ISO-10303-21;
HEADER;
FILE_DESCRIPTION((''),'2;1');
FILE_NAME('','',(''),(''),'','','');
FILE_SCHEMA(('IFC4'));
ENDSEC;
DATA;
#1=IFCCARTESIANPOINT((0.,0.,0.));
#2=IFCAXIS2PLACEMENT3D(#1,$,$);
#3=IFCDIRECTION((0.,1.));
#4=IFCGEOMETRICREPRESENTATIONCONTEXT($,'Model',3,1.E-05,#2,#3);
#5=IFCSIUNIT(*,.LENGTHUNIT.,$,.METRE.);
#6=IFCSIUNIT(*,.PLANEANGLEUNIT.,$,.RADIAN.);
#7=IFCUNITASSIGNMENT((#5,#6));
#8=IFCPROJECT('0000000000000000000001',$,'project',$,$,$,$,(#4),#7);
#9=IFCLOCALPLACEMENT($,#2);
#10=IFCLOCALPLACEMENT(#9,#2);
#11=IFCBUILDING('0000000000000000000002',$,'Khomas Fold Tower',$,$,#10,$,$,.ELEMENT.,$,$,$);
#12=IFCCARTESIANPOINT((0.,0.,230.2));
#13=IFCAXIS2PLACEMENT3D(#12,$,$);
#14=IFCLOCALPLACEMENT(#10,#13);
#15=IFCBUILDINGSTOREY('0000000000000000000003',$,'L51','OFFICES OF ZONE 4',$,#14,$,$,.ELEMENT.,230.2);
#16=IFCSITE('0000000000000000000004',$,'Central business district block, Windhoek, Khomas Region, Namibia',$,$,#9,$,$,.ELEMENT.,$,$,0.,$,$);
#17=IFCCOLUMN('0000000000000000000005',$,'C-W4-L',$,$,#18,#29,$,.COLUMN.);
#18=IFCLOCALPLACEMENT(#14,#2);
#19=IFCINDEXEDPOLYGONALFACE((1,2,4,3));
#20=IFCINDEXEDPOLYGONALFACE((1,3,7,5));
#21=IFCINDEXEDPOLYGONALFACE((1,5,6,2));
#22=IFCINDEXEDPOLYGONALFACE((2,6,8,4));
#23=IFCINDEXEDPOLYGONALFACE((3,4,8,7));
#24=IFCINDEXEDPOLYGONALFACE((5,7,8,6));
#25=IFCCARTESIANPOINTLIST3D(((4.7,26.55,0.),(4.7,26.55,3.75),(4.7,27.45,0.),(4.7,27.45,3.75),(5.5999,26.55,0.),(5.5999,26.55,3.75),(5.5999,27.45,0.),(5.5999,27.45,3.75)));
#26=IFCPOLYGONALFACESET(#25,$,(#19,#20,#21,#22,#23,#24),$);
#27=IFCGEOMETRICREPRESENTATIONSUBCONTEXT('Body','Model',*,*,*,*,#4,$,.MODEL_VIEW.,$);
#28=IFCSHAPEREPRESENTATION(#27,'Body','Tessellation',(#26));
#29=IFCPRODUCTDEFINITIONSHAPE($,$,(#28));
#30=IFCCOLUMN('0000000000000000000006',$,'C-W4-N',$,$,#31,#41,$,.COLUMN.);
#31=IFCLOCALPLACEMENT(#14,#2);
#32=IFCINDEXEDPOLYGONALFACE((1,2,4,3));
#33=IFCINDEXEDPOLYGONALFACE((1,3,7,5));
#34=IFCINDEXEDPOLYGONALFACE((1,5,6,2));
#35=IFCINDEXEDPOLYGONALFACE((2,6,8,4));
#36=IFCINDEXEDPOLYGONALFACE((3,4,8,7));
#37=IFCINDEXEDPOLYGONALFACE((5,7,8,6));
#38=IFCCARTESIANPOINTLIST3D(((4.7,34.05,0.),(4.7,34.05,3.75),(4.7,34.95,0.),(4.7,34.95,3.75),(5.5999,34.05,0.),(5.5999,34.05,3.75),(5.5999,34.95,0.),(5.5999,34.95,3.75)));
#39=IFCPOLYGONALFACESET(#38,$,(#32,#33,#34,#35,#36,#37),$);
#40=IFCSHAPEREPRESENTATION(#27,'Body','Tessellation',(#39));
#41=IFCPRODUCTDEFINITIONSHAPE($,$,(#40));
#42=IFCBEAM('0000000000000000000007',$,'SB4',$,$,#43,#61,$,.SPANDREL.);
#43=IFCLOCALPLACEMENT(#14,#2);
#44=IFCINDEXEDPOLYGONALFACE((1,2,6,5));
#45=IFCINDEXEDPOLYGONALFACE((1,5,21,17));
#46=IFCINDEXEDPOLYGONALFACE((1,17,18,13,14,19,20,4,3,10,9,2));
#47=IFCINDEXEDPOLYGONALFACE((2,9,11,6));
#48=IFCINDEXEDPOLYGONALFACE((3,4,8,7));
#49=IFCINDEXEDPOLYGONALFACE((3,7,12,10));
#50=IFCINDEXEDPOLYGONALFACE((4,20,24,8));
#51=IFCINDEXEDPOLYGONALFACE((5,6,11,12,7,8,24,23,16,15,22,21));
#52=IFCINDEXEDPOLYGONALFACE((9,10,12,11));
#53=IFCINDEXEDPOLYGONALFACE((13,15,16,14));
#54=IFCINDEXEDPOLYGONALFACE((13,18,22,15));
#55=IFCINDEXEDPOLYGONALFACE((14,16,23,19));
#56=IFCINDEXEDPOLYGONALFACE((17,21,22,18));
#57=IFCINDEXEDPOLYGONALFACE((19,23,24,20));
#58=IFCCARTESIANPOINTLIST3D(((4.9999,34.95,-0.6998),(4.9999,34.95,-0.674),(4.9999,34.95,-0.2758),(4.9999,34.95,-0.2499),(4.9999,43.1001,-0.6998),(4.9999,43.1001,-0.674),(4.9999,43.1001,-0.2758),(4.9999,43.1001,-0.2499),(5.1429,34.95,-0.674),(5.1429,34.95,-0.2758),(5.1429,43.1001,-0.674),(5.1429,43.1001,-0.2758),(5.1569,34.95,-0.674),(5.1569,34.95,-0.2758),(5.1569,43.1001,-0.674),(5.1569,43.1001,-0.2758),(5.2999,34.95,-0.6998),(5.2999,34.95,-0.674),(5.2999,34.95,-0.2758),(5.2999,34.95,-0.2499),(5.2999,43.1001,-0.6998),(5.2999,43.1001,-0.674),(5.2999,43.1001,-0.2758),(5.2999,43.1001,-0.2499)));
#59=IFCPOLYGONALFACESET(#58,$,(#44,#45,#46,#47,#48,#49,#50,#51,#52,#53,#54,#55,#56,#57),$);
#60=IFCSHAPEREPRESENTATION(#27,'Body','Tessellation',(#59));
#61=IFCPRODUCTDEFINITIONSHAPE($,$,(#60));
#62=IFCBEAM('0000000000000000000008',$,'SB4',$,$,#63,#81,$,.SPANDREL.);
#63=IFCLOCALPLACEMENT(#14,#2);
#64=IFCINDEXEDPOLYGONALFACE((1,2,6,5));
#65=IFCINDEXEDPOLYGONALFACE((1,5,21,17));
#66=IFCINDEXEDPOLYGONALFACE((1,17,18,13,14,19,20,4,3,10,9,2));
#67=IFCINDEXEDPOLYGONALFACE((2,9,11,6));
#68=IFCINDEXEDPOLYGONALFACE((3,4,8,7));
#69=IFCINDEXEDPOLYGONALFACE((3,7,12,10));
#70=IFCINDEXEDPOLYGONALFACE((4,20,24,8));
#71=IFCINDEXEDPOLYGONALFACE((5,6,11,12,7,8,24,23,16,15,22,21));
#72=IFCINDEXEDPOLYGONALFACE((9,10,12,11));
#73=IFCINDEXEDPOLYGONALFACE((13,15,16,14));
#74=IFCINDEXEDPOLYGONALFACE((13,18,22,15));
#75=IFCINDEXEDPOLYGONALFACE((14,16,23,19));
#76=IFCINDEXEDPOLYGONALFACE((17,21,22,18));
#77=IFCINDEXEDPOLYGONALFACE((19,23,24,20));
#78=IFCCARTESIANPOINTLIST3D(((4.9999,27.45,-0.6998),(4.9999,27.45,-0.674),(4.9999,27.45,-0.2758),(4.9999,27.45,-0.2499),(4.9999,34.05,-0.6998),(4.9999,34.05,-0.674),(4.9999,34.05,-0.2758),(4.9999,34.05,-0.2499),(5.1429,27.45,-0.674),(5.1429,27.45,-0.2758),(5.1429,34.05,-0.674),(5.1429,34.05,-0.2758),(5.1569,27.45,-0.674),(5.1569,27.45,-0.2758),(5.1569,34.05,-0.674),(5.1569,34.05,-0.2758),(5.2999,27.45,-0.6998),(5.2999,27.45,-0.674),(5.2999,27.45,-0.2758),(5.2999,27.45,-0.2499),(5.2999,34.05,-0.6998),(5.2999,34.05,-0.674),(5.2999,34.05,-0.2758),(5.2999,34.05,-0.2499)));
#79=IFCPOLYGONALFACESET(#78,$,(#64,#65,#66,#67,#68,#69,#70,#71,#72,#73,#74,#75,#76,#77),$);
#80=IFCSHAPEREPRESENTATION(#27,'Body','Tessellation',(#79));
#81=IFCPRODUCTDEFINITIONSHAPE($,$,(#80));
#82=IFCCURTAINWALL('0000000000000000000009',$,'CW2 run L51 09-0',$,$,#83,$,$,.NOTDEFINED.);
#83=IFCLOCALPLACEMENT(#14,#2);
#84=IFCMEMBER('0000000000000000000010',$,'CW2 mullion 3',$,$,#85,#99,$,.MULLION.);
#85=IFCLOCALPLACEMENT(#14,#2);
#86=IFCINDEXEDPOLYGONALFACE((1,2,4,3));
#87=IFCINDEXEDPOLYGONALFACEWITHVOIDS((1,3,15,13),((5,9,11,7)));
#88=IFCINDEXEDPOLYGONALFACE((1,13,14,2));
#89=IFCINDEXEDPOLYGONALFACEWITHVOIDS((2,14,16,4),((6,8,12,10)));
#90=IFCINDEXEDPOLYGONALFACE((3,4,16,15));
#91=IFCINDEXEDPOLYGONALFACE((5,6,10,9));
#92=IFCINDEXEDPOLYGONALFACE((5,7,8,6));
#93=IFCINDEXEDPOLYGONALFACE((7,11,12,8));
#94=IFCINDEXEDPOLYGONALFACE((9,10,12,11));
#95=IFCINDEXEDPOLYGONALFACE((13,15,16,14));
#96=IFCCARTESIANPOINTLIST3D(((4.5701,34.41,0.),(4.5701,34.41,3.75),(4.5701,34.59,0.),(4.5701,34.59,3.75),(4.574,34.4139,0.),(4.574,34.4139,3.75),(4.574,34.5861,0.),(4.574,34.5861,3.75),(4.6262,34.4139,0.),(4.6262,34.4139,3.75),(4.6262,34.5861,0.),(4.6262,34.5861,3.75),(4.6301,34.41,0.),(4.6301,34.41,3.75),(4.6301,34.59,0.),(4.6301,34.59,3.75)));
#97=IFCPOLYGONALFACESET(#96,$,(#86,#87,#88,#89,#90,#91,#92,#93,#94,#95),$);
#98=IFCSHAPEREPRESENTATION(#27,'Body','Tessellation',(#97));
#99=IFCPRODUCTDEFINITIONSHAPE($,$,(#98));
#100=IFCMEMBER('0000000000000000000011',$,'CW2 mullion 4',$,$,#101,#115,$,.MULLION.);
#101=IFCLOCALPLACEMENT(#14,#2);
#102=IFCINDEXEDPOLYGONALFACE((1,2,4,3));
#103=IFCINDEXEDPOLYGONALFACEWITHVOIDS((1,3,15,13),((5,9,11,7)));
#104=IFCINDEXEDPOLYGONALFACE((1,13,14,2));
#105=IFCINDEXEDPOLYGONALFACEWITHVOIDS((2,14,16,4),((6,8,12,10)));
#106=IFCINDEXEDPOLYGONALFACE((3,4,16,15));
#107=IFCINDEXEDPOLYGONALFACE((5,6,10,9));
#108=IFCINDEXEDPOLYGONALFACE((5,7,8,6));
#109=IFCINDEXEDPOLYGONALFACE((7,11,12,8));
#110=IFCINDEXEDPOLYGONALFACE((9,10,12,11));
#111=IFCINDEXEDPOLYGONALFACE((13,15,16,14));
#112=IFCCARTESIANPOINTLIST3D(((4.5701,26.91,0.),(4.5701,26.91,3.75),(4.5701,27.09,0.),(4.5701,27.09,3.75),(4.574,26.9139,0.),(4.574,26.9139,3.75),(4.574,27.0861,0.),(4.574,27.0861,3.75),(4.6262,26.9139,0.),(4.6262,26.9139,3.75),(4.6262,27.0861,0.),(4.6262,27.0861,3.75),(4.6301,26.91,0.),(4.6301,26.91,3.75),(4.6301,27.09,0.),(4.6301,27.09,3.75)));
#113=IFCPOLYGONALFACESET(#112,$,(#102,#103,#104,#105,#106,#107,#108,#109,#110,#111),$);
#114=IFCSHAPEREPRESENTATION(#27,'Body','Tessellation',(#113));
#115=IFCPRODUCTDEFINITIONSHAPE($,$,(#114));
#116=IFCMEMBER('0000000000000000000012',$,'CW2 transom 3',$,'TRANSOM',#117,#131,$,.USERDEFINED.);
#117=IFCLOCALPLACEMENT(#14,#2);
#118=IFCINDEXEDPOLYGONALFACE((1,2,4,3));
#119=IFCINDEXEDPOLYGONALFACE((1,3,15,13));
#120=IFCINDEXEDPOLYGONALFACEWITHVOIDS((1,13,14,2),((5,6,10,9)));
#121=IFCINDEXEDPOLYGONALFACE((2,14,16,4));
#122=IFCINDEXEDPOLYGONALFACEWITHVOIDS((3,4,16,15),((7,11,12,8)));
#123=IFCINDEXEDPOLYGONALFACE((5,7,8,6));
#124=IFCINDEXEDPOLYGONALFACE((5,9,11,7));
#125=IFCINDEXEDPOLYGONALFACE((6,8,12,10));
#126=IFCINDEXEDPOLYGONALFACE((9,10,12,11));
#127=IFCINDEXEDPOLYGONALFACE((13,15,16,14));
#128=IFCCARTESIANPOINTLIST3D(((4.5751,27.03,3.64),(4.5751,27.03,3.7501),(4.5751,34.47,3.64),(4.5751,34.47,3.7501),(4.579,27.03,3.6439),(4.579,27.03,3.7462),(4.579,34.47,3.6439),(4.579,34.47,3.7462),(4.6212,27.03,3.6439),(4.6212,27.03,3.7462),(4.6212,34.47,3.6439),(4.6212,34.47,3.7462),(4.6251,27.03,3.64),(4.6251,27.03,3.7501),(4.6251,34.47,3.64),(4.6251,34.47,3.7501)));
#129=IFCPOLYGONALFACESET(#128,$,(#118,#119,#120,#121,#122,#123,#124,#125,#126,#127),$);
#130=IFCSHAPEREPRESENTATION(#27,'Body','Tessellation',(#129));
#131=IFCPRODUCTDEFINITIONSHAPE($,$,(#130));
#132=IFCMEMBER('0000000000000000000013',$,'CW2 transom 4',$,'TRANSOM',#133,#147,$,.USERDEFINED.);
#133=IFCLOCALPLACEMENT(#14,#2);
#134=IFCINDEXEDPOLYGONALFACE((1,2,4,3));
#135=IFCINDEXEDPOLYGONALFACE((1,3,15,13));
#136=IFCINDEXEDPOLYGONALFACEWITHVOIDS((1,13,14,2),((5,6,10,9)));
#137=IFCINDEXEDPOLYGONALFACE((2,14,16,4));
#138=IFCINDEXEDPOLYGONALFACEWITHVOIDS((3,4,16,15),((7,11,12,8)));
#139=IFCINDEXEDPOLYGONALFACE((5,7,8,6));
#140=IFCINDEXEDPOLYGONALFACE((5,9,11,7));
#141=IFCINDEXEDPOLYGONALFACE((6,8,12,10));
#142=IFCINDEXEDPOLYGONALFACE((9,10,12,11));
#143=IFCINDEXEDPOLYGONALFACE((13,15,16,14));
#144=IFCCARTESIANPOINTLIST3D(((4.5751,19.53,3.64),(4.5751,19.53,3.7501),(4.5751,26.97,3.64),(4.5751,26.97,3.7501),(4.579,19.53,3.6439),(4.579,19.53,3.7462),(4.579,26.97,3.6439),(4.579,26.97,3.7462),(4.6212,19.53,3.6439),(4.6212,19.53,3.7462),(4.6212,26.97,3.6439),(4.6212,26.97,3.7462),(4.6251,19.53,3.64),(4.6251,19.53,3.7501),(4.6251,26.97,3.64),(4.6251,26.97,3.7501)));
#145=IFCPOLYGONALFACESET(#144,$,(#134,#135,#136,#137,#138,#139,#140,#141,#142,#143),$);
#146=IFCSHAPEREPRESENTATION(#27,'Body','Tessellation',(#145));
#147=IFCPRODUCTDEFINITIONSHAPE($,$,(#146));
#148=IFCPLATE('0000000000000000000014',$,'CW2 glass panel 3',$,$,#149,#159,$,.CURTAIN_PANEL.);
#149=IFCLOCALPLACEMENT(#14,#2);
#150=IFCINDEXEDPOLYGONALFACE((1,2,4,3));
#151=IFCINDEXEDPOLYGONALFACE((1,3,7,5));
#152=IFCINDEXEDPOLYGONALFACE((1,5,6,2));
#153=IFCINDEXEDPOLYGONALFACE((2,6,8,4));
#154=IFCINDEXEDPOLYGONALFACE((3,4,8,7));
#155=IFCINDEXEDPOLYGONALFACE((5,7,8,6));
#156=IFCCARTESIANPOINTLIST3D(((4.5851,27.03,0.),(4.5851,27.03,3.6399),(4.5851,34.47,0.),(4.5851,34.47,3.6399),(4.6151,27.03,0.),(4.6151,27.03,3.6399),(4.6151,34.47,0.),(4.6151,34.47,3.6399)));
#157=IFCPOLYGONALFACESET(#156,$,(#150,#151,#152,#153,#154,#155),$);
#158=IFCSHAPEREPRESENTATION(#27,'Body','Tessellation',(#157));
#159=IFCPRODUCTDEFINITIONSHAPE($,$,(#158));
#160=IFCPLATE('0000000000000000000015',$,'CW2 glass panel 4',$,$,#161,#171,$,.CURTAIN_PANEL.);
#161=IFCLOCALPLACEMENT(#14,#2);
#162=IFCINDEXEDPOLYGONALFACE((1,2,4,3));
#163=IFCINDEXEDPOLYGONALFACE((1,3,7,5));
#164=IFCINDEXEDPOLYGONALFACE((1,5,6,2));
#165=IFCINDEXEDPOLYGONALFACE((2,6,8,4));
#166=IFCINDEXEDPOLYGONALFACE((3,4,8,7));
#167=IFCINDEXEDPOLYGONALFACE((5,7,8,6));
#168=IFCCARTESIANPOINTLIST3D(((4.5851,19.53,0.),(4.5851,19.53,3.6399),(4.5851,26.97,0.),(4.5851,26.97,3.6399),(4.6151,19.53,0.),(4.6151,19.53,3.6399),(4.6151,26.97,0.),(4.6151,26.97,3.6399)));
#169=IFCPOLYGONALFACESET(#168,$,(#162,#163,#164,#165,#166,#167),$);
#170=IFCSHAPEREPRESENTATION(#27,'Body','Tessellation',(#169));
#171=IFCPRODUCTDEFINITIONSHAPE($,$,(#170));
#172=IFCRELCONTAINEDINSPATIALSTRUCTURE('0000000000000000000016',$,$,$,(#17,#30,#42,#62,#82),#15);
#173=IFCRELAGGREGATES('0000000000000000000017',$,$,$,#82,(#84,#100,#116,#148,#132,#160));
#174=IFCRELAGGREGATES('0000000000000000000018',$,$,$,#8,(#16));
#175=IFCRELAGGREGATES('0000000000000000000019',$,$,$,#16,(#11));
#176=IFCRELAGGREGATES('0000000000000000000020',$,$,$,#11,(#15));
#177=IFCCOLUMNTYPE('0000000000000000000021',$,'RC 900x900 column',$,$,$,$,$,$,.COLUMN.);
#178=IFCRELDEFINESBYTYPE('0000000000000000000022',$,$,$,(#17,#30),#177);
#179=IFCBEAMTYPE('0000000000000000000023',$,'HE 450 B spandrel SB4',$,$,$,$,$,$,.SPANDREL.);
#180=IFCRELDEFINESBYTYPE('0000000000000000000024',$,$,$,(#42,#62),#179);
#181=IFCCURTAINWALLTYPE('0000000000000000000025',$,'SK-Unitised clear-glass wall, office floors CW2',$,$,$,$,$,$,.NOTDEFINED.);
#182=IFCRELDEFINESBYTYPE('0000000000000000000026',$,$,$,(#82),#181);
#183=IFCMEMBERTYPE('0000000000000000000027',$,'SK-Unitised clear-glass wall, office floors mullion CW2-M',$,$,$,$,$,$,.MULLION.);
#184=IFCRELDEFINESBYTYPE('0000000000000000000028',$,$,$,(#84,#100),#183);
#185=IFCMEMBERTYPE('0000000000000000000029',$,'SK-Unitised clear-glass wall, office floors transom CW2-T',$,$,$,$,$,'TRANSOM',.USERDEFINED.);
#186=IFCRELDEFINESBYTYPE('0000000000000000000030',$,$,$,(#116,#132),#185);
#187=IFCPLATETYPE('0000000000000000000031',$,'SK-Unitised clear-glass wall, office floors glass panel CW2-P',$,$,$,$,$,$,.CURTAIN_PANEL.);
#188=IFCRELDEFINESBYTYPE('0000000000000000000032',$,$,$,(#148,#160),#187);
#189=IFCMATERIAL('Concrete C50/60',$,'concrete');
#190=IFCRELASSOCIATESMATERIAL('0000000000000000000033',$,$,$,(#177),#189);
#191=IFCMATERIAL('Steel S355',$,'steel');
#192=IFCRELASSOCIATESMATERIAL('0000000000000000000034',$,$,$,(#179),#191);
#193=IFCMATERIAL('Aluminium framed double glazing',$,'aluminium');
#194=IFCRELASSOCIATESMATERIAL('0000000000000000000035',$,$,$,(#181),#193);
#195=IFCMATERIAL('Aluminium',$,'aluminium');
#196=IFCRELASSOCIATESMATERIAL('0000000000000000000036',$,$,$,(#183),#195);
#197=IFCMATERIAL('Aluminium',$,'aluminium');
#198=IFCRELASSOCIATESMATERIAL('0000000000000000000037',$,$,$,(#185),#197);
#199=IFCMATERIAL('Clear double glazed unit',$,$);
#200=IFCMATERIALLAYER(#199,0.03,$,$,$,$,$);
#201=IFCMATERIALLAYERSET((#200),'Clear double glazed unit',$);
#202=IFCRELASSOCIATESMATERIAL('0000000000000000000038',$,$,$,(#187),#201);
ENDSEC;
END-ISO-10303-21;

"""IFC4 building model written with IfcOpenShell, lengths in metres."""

from ifc_helpers import new_model, si_unit, direction, frame, origin, origin_2d, place, context, subcontext, project, spatial, rectangle, hollow_rectangle, i_section, extrude, source, transform, mapped, material, layer, layer_set, material_profile, profile_set, type_object, element, aggregate, save


model = new_model("IFC4")

# Units and contexts
model_context = context("Model", 3, precision=1e-05, world=origin(), true_north=direction((0.0, 1.0)))
body_context = subcontext(model_context, "Body", "Model", "MODEL_VIEW")
ifc_project = project(units=[si_unit("LENGTHUNIT", "METRE"), si_unit("PLANEANGLEUNIT", "RADIAN")], contexts=[model_context])

# Site, building, storey
site_placement = place(None, origin())
site = spatial("IfcSite", under=ifc_project, at=site_placement, Name="Central business district block, Windhoek, Khomas Region, Namibia", CompositionType="ELEMENT", RefElevation=0.0)
building_placement = place(site_placement, origin())
building = spatial("IfcBuilding", under=site, at=building_placement, Name="Khomas Fold Tower", CompositionType="ELEMENT")
storey_placement = place(building_placement, frame((0.0, 0.0, 230.2)))
storey = spatial("IfcBuildingStorey", under=building, at=storey_placement, Name="L51", Description="OFFICES OF ZONE 4", CompositionType="ELEMENT", Elevation=230.2)

# Columns
ifc_material_1 = material(Name="Concrete C50/60", Category="concrete")
ifc_material_profile_1 = material_profile(ifc_material_1, rectangle(XDim=0.8999, YDim=0.8999, at=origin_2d()), Name="RC 900x900")
ifc_profile_set_1 = profile_set([ifc_material_profile_1], Name="Concrete C50/60")
column_type = type_object("IfcColumnType", Name="RC 900x900 column", PredefinedType="COLUMN", material=ifc_profile_set_1)
shared_shape_1 = source(origin(), body_context, "Body", "SweptSolid", [
    extrude(rectangle(XDim=0.8999, YDim=0.8999, at=origin_2d()), origin(), (0.0, 0.0, 1.0), 3.75),
])
for number, where, z_axis, x_axis, name in (
    (1, (5.1499, 27.0, 0.0), (0.0, 0.0, 1.0), (1.0, 0.0, 0.0), "C-W4-L"),
    (2, (5.1499, 34.5, 0.0), (0.0, 0.0, 1.0), (1.0, 0.0, 0.0), "C-W4-N"),
):
    element("IfcColumn", number, at=place(storey_placement, frame(where, z_axis=z_axis, x_axis=x_axis)), inside=storey, type_object=column_type, Name=name, PredefinedType="COLUMN", context=body_context, shape_type="MappedRepresentation", body=[
        mapped(shared_shape_1, transform((0.0, 0.0, 0.0))),
    ])

# Beams
ifc_material_2 = material(Name="Steel S355", Category="steel")
ifc_material_profile_2 = material_profile(ifc_material_2, i_section(OverallWidth=0.3, OverallDepth=0.45, WebThickness=0.0139, FlangeThickness=0.0259, at=origin_2d()), Name="HE 450 B")
ifc_profile_set_2 = profile_set([ifc_material_profile_2], Name="Steel S355")
beam_type = type_object("IfcBeamType", Name="HE 450 B spandrel SB4", PredefinedType="SPANDREL", material=ifc_profile_set_2)
shared_shape_2 = source(origin(), body_context, "Body", "SweptSolid", [
    extrude(i_section(OverallWidth=0.3, OverallDepth=0.45, WebThickness=0.0139, FlangeThickness=0.0259, at=origin_2d()), origin(), (0.0, 0.0, 1.0), 8.1501),
])
beam_1_placement = place(storey_placement, frame((5.1499, 34.95, -0.4749), z_axis=(0.0, 1.0, 0.0), x_axis=(-1.0, 0.0, 0.0)))
element("IfcBeam", 3, at=beam_1_placement, inside=storey, type_object=beam_type, Name="SB4", PredefinedType="SPANDREL", context=body_context, shape_type="MappedRepresentation", body=[
    mapped(shared_shape_2, transform((0.0, 0.0, 0.0))),
])
shared_shape_3 = source(origin(), body_context, "Body", "SweptSolid", [
    extrude(i_section(OverallWidth=0.3, OverallDepth=0.45, WebThickness=0.0139, FlangeThickness=0.0259, at=origin_2d()), origin(), (0.0, 0.0, 1.0), 6.6001),
])
beam_2_placement = place(storey_placement, frame((5.1499, 27.45, -0.4749), z_axis=(0.0, 1.0, 0.0), x_axis=(-1.0, 0.0, 0.0)))
element("IfcBeam", 4, at=beam_2_placement, inside=storey, type_object=beam_type, Name="SB4", PredefinedType="SPANDREL", context=body_context, shape_type="MappedRepresentation", body=[
    mapped(shared_shape_3, transform((0.0, 0.0, 0.0))),
])

# Curtain wall, members, plates
ifc_material_3 = material(Name="Aluminium framed double glazing", Category="aluminium")
curtain_wall_type = type_object("IfcCurtainWallType", Name="SK-Unitised clear-glass wall, office floors CW2", PredefinedType="NOTDEFINED", material=ifc_material_3)
curtain_wall_placement = place(storey_placement, origin())
curtain_wall = element("IfcCurtainWall", 5, at=curtain_wall_placement, inside=storey, type_object=curtain_wall_type, Name="CW2 run L51 09-0", PredefinedType="NOTDEFINED")
ifc_material_4 = material(Name="Aluminium", Category="aluminium")
ifc_material_profile_3 = material_profile(ifc_material_4, hollow_rectangle(XDim=0.0601, YDim=0.1799, WallThickness=0.0039, at=origin_2d()), Name="SK-Unitised clear-glass wall, office floors mullion CW2-M")
ifc_profile_set_3 = profile_set([ifc_material_profile_3], Name="Aluminium")
member_type_1 = type_object("IfcMemberType", Name="SK-Unitised clear-glass wall, office floors mullion CW2-M", PredefinedType="MULLION", material=ifc_profile_set_3)
shared_shape_4 = source(origin(), body_context, "Body", "SweptSolid", [
    extrude(hollow_rectangle(XDim=0.0601, YDim=0.1799, WallThickness=0.0039, at=origin_2d()), origin(), (0.0, 0.0, 1.0), 3.75),
])
member_1_placement = place(storey_placement, frame((4.6001, 34.5, 0.0), z_axis=(0.0, 0.0, 1.0), x_axis=(1.0, 0.0, 0.0)))
member_1 = element("IfcMember", 6, at=member_1_placement, type_object=member_type_1, Name="CW2 mullion 3", PredefinedType="MULLION", context=body_context, shape_type="MappedRepresentation", body=[
    mapped(shared_shape_4, transform((0.0, 0.0, 0.0))),
])
member_2_placement = place(storey_placement, frame((4.6001, 27.0, 0.0), z_axis=(0.0, 0.0, 1.0), x_axis=(1.0, 0.0, 0.0)))
member_2 = element("IfcMember", 7, at=member_2_placement, type_object=member_type_1, Name="CW2 mullion 4", PredefinedType="MULLION", context=body_context, shape_type="MappedRepresentation", body=[
    mapped(shared_shape_4, transform((0.0, 0.0, 0.0))),
])
ifc_material_5 = material(Name="Aluminium", Category="aluminium")
ifc_material_profile_4 = material_profile(ifc_material_5, hollow_rectangle(XDim=0.05, YDim=0.1101, WallThickness=0.0039, at=origin_2d()), Name="SK-Unitised clear-glass wall, office floors transom CW2-T")
ifc_profile_set_4 = profile_set([ifc_material_profile_4], Name="Aluminium")
member_type_2 = type_object("IfcMemberType", Name="SK-Unitised clear-glass wall, office floors transom CW2-T", ElementType="TRANSOM", PredefinedType="USERDEFINED", material=ifc_profile_set_4)
shared_shape_5 = source(origin(), body_context, "Body", "SweptSolid", [
    extrude(hollow_rectangle(XDim=0.05, YDim=0.1101, WallThickness=0.0039, at=origin_2d()), origin(), (0.0, 0.0, 1.0), 7.4399),
])
member_3_placement = place(storey_placement, frame((4.6001, 34.47, 3.6951), z_axis=(0.0, -1.0, 0.0), x_axis=(1.0, 0.0, 0.0)))
member_3 = element("IfcMember", 8, at=member_3_placement, type_object=member_type_2, Name="CW2 transom 3", ObjectType="TRANSOM", PredefinedType="USERDEFINED", context=body_context, shape_type="MappedRepresentation", body=[
    mapped(shared_shape_5, transform((0.0, 0.0, 0.0))),
])
member_4_placement = place(storey_placement, frame((4.6001, 26.97, 3.6951), z_axis=(0.0, -1.0, 0.0), x_axis=(1.0, 0.0, 0.0)))
member_4 = element("IfcMember", 9, at=member_4_placement, type_object=member_type_2, Name="CW2 transom 4", ObjectType="TRANSOM", PredefinedType="USERDEFINED", context=body_context, shape_type="MappedRepresentation", body=[
    mapped(shared_shape_5, transform((0.0, 0.0, 0.0))),
])
ifc_material_6 = material(Name="Clear double glazed unit")
ifc_layer_1 = layer(ifc_material_6, 0.03)
ifc_layer_set_1 = layer_set([ifc_layer_1], Name="Clear double glazed unit")
plate_type = type_object("IfcPlateType", Name="SK-Unitised clear-glass wall, office floors glass panel CW2-P", PredefinedType="CURTAIN_PANEL", material=ifc_layer_set_1)
shared_shape_6 = source(origin(), body_context, "Body", "SweptSolid", [
    extrude(rectangle(XDim=7.4399, YDim=0.03, at=origin_2d()), origin(), (0.0, 0.0, 1.0), 3.6399),
])
plate_1_placement = place(storey_placement, frame((4.6001, 30.75, 0.0), z_axis=(0.0, 0.0, 1.0), x_axis=(0.0, -1.0, 0.0)))
plate_1 = element("IfcPlate", 10, at=plate_1_placement, type_object=plate_type, Name="CW2 glass panel 3", PredefinedType="CURTAIN_PANEL", context=body_context, shape_type="MappedRepresentation", body=[
    mapped(shared_shape_6, transform((0.0, 0.0, 0.0))),
])
plate_2_placement = place(storey_placement, frame((4.6001, 23.25, 0.0), z_axis=(0.0, 0.0, 1.0), x_axis=(0.0, -1.0, 0.0)))
plate_2 = element("IfcPlate", 11, at=plate_2_placement, type_object=plate_type, Name="CW2 glass panel 4", PredefinedType="CURTAIN_PANEL", context=body_context, shape_type="MappedRepresentation", body=[
    mapped(shared_shape_6, transform((0.0, 0.0, 0.0))),
])
aggregate(curtain_wall, [member_1, member_2, member_3, plate_1, member_4, plate_2])

save(model, "model.ifc")
